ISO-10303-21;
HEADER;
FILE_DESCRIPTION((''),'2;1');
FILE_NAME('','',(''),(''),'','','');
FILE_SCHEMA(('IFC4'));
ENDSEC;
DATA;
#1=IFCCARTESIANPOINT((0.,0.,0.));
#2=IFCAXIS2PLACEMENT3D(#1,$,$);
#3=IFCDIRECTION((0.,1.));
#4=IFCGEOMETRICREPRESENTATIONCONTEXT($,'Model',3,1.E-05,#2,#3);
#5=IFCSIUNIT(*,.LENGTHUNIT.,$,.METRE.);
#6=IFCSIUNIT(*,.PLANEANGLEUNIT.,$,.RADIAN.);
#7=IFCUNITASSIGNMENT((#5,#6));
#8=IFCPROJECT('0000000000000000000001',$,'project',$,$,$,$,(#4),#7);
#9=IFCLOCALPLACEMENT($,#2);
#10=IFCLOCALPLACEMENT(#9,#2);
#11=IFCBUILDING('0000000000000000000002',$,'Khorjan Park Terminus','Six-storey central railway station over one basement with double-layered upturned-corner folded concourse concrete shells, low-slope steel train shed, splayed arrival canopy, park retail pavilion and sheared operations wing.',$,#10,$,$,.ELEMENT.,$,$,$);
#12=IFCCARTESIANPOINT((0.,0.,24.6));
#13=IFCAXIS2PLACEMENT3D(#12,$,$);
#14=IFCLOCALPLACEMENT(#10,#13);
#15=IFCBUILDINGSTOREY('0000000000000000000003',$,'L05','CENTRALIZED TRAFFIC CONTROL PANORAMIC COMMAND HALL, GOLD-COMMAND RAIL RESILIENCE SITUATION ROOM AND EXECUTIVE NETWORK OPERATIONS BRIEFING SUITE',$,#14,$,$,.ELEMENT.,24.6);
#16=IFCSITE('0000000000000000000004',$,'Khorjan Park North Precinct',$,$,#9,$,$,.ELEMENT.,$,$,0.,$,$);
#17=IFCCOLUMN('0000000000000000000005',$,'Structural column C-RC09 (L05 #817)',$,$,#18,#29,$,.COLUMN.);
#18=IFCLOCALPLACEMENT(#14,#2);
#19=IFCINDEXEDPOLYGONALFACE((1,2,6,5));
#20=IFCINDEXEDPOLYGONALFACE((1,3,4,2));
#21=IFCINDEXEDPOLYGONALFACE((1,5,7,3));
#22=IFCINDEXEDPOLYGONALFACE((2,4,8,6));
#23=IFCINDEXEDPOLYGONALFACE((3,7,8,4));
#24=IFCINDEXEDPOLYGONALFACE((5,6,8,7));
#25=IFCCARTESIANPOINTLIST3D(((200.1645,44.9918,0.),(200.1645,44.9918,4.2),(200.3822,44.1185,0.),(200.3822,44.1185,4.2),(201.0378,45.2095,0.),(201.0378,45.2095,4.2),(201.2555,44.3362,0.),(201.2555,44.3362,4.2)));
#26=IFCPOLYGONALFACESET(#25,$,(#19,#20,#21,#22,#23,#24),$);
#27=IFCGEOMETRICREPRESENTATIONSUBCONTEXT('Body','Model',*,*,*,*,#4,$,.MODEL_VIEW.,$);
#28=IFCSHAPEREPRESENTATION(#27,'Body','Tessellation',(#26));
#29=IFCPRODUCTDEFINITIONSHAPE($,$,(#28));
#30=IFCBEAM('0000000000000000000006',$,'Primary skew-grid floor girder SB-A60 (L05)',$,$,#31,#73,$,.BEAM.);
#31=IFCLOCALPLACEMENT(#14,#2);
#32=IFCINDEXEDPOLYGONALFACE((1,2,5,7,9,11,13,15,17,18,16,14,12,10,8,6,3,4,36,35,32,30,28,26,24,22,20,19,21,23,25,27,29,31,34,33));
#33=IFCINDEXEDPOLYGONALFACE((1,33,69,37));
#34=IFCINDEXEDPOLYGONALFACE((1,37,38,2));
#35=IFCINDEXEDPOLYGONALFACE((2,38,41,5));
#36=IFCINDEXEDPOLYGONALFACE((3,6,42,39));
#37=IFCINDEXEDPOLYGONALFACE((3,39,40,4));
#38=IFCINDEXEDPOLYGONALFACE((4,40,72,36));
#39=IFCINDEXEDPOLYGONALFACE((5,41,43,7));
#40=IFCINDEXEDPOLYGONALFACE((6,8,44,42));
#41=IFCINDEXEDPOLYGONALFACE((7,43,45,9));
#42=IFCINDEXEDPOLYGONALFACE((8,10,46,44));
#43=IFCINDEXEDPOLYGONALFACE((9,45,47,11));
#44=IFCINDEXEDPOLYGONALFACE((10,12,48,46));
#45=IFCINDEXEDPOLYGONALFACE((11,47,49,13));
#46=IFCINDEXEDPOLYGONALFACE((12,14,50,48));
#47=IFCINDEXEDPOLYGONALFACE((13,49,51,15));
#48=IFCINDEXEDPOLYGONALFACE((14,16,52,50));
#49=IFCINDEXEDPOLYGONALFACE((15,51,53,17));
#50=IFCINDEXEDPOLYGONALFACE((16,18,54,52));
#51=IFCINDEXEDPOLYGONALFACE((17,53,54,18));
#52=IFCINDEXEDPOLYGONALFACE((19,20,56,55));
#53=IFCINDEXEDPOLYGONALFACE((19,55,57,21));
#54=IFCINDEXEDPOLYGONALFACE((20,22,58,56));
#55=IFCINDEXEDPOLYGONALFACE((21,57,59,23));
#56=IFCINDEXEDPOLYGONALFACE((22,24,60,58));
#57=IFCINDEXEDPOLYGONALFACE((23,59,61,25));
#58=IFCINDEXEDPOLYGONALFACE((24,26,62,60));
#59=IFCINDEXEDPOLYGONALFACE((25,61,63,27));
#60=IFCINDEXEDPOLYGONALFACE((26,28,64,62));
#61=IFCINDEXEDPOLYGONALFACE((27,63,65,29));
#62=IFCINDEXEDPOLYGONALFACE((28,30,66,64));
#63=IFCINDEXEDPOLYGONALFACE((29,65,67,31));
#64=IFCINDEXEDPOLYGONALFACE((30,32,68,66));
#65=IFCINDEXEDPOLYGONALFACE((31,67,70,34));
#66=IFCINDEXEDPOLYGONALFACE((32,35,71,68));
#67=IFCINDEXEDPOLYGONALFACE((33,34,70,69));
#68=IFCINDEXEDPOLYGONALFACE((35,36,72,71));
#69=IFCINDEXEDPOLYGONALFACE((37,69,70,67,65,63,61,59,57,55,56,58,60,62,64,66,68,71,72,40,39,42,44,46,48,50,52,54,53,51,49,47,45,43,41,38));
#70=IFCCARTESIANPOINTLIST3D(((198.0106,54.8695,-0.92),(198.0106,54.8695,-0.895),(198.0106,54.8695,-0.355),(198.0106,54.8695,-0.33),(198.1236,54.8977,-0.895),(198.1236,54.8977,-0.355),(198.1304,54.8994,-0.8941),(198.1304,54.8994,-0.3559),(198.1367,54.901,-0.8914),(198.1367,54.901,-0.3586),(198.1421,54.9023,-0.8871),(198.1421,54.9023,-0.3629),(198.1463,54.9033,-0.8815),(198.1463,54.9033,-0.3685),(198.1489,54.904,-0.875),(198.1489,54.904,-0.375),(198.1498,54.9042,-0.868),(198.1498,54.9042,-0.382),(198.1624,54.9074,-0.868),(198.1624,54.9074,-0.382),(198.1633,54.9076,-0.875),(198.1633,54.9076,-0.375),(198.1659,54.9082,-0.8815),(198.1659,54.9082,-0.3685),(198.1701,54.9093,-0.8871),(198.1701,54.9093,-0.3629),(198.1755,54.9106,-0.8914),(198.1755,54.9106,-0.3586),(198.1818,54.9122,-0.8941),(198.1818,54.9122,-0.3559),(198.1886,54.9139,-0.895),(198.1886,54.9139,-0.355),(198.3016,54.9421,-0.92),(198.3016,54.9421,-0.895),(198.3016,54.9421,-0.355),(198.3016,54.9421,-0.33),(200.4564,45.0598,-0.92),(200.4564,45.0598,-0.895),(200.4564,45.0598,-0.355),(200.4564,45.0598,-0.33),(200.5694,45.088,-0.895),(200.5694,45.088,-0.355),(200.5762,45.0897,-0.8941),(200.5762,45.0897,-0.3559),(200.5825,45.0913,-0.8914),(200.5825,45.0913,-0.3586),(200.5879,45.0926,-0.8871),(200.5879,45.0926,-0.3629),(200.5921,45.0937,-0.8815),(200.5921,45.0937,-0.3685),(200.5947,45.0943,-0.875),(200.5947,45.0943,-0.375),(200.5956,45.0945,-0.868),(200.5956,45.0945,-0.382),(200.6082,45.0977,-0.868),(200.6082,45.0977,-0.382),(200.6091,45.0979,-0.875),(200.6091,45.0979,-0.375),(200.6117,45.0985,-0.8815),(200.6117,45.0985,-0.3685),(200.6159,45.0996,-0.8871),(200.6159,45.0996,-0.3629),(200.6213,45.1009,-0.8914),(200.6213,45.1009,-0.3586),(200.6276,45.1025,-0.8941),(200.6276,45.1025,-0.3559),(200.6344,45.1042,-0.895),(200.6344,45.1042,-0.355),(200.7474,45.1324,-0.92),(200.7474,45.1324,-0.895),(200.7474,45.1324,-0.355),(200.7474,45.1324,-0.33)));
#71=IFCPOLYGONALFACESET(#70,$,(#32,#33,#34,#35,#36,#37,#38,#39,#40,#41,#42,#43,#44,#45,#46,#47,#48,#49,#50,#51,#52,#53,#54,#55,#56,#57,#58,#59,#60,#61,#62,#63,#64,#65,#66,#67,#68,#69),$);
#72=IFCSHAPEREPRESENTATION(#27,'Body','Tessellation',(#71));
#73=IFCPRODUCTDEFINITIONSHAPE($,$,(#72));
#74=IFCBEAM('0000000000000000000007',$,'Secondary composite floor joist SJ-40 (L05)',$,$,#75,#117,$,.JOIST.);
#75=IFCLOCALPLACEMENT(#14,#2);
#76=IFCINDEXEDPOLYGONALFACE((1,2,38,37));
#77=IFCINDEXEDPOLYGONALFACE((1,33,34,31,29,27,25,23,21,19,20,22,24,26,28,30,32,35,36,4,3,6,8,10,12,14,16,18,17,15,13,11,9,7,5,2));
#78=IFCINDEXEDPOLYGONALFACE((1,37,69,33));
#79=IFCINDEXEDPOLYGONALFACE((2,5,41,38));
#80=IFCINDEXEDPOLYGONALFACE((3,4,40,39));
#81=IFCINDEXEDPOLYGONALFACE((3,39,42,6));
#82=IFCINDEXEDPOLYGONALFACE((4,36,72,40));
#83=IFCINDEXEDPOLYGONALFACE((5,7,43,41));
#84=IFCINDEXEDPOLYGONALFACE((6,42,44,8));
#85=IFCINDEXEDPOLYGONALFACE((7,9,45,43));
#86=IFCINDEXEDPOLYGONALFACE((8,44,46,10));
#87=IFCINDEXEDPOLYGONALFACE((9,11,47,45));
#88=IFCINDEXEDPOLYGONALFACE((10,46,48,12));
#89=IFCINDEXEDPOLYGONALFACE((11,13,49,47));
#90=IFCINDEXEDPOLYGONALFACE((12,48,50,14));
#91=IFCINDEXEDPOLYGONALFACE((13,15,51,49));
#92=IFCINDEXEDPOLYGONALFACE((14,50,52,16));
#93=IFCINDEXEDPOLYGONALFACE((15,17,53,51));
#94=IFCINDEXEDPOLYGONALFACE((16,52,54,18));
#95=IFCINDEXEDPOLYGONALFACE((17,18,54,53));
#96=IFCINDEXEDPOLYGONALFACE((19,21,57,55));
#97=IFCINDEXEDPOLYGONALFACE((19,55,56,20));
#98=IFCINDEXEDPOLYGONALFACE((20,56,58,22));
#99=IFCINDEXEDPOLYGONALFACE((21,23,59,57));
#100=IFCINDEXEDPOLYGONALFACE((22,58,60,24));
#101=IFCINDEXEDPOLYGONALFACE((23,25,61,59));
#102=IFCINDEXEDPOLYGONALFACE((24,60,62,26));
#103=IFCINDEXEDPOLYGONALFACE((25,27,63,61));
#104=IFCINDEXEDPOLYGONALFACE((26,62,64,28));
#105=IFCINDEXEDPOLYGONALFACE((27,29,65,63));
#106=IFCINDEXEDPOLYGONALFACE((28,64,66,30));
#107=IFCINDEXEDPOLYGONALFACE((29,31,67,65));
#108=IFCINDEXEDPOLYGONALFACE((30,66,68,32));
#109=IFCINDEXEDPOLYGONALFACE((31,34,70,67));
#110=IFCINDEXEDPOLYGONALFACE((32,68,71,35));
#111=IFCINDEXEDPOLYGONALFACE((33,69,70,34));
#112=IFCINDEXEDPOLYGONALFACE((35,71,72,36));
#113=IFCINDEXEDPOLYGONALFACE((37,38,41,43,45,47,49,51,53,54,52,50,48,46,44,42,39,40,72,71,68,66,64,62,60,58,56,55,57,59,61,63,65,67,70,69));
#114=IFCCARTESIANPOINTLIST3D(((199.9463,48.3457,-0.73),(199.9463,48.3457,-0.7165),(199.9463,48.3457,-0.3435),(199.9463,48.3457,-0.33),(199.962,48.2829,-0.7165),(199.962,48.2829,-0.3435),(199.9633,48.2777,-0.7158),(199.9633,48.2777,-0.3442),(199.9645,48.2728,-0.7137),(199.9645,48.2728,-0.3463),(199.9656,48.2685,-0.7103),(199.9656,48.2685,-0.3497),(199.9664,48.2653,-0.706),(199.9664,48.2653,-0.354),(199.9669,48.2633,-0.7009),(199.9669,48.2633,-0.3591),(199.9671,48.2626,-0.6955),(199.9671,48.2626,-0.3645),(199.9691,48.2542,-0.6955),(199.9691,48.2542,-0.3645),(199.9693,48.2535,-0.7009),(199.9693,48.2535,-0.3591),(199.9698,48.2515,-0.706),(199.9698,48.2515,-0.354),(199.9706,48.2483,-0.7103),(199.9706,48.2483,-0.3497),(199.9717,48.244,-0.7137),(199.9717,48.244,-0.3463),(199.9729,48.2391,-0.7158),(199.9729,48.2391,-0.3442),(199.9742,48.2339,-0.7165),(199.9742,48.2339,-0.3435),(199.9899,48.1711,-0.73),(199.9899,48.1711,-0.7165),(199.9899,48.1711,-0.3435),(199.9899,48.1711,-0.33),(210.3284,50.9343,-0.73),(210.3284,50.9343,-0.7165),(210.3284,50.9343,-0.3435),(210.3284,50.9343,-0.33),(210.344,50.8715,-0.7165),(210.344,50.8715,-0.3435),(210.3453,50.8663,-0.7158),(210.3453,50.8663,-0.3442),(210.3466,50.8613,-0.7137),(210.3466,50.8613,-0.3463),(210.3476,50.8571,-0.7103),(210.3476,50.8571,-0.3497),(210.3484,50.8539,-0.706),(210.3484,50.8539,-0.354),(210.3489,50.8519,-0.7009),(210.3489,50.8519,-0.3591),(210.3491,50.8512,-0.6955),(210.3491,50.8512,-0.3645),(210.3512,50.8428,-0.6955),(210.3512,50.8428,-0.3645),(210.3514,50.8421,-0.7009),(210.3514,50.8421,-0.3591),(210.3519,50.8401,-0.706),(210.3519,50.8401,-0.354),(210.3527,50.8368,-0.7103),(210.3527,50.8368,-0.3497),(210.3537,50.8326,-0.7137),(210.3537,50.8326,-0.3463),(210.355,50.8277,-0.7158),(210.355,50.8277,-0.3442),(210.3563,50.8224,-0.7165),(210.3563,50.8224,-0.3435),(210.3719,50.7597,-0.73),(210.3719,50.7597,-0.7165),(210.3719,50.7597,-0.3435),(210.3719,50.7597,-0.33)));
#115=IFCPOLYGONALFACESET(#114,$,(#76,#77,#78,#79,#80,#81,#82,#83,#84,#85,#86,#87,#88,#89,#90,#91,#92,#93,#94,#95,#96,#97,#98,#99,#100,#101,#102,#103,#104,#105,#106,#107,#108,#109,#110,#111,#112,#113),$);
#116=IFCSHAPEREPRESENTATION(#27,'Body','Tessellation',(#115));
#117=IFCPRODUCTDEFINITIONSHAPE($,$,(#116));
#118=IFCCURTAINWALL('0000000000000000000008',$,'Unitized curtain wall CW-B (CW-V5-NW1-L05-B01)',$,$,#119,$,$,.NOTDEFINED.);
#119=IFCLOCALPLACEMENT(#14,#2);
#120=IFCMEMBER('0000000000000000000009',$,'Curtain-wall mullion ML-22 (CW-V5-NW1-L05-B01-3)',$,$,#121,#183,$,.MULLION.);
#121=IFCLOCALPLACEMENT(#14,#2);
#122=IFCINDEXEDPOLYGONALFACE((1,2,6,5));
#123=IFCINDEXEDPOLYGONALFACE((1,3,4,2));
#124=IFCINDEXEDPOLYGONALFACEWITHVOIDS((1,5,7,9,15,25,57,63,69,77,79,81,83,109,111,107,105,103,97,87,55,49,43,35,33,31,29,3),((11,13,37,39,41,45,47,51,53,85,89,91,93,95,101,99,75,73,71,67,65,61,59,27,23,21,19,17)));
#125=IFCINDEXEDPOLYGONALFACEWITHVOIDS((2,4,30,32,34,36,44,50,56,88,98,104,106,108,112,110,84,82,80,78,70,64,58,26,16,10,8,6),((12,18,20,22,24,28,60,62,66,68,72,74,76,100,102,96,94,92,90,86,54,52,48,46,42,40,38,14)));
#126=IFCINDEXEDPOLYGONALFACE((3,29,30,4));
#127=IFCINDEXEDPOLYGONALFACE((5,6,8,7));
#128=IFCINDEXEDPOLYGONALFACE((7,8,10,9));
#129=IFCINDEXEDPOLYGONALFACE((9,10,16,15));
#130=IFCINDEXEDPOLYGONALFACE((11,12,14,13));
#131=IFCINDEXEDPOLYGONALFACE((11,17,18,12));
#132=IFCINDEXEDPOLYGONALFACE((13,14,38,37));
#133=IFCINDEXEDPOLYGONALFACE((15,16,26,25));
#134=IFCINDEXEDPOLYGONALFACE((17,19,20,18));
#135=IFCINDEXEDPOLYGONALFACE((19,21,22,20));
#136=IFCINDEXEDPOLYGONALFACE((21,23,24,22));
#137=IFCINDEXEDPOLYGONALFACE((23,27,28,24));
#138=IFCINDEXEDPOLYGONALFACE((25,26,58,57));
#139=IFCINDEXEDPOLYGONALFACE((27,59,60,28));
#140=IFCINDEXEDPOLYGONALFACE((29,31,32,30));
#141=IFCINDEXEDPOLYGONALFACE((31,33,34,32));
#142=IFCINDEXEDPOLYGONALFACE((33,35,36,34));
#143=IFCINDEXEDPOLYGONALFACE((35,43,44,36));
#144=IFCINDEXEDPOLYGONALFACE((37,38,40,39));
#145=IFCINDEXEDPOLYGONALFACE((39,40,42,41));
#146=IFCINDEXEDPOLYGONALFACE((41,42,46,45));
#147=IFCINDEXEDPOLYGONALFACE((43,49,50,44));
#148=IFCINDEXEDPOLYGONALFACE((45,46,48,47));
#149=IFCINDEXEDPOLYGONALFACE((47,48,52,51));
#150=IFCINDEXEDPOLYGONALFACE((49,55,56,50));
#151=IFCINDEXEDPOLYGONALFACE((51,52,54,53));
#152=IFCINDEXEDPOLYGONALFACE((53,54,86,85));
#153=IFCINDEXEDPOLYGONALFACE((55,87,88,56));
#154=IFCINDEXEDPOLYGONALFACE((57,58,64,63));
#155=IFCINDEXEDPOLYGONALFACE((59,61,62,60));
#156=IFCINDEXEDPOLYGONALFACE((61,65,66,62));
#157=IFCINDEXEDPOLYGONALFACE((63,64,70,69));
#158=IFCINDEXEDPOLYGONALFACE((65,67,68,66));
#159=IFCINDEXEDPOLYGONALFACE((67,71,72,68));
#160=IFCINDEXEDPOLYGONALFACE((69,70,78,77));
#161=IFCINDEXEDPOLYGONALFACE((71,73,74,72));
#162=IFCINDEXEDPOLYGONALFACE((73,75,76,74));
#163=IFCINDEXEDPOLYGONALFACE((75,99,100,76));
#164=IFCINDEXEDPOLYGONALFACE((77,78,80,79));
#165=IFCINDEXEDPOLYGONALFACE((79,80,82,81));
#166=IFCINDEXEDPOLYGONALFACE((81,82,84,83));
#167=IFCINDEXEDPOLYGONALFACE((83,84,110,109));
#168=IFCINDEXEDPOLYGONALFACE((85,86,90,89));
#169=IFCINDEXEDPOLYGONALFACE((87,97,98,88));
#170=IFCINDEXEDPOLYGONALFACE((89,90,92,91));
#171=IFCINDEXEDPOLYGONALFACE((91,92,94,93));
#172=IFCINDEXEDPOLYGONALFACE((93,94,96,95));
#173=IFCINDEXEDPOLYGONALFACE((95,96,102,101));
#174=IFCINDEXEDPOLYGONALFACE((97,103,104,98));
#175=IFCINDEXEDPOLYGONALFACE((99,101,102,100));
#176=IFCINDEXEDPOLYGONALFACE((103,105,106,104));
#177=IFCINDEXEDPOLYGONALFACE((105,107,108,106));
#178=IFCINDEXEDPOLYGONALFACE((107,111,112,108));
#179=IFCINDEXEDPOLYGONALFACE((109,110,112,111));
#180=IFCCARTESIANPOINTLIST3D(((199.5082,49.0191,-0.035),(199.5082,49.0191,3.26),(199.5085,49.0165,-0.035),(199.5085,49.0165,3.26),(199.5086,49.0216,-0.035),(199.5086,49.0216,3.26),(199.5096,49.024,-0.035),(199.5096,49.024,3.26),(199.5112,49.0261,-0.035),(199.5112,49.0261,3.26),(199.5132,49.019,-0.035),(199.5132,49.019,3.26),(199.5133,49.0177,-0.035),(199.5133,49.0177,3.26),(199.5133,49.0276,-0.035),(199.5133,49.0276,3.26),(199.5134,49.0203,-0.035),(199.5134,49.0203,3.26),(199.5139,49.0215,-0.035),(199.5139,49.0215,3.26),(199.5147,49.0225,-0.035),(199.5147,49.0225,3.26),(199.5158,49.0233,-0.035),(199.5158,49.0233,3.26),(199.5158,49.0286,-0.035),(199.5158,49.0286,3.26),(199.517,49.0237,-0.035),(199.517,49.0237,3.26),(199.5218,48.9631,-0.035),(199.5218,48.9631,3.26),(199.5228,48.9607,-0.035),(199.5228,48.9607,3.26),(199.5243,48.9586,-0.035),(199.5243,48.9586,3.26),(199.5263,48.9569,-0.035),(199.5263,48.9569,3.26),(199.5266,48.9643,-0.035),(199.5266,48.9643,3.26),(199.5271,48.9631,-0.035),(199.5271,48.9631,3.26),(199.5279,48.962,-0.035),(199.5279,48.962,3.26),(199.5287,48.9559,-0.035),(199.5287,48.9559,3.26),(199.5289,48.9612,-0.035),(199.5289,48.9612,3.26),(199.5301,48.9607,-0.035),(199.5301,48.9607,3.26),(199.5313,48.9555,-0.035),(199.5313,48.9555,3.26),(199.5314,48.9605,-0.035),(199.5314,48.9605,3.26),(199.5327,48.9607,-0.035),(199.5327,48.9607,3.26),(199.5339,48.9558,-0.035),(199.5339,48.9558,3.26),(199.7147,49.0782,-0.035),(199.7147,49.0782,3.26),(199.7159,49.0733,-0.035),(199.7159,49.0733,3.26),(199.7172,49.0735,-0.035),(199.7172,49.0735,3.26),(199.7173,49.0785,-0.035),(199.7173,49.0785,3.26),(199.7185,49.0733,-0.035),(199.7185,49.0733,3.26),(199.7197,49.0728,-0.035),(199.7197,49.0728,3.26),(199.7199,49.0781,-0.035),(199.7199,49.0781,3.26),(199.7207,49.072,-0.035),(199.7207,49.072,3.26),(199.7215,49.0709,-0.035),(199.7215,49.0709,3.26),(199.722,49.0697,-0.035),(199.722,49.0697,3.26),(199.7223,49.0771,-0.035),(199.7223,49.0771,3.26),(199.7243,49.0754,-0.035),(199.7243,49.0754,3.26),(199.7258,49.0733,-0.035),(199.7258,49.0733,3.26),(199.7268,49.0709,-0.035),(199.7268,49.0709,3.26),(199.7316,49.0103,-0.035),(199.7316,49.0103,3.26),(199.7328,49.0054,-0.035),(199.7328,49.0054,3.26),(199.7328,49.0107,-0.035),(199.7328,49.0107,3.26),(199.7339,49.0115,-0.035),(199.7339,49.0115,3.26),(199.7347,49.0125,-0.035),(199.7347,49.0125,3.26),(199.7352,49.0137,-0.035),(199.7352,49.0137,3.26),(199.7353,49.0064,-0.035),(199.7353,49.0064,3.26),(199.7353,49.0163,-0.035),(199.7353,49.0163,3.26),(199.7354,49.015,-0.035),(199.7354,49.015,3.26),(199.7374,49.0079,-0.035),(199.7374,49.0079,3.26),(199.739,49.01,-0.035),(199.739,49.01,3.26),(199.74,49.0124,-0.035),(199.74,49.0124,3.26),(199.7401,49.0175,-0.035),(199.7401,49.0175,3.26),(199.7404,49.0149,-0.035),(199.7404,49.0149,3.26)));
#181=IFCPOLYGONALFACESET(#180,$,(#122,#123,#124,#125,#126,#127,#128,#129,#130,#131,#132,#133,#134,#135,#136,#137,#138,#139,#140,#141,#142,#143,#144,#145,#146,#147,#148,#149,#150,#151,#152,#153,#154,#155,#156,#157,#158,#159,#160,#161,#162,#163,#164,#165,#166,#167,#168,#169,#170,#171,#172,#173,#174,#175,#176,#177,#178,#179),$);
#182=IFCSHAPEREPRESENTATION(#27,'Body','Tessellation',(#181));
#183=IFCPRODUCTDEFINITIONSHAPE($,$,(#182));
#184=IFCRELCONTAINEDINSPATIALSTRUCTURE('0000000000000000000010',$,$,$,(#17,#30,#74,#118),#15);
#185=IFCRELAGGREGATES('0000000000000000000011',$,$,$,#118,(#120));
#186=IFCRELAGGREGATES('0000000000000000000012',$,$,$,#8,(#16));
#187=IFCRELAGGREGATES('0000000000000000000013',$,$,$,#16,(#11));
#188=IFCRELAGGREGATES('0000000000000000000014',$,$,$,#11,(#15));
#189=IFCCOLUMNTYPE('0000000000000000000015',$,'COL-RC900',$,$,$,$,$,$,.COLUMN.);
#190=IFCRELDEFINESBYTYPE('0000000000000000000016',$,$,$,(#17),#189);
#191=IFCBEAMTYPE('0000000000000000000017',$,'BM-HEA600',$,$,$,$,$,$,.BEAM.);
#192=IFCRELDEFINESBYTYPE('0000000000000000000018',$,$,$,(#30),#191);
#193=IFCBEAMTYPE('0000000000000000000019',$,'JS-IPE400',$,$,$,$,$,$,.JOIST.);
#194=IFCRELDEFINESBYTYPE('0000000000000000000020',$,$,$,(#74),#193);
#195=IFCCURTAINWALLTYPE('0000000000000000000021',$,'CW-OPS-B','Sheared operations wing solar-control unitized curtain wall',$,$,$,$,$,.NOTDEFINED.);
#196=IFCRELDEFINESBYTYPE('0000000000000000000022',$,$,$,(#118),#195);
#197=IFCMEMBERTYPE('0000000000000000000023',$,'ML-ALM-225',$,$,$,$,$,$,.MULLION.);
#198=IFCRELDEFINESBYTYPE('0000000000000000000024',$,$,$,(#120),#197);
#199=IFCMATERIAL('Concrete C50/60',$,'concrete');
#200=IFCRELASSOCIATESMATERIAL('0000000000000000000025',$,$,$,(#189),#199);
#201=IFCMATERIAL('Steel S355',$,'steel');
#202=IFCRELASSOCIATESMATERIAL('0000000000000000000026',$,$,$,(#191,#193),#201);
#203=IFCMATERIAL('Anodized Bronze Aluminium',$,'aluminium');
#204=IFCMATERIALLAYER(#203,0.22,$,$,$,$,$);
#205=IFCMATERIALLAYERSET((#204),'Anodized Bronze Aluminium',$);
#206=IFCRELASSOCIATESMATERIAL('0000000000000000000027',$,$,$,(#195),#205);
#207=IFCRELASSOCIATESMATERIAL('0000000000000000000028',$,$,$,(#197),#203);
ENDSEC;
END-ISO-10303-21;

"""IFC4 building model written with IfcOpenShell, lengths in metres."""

from ifc_helpers import new_model, si_unit, direction, frame, origin, origin_2d, place, context, subcontext, project, spatial, rectangle, hollow_rectangle, i_section, extrude, material, layer, layer_set, material_profile, profile_set, type_object, element, aggregate, save


model = new_model("IFC4")

# Units and contexts
model_context = context("Model", 3, precision=1e-05, world=origin(), true_north=direction((0.0, 1.0)))
body_context = subcontext(model_context, "Body", "Model", "MODEL_VIEW")
ifc_project = project(units=[si_unit("LENGTHUNIT", "METRE"), si_unit("PLANEANGLEUNIT", "RADIAN")], contexts=[model_context])

# Site, building, storey
site_placement = place(None, origin())
site = spatial("IfcSite", under=ifc_project, at=site_placement, Name="Khorjan Park North Precinct", CompositionType="ELEMENT", RefElevation=0.0)
building_placement = place(site_placement, origin())
building = spatial("IfcBuilding", under=site, at=building_placement, Name="Khorjan Park Terminus", Description="Six-storey central railway station over one basement with double-layered upturned-corner folded concourse concrete shells, low-slope steel train shed, splayed arrival canopy, park retail pavilion and sheared operations wing.", CompositionType="ELEMENT")
storey_placement = place(building_placement, frame((0.0, 0.0, 24.6)))
storey = spatial("IfcBuildingStorey", under=building, at=storey_placement, Name="L05", Description="CENTRALIZED TRAFFIC CONTROL PANORAMIC COMMAND HALL, GOLD-COMMAND RAIL RESILIENCE SITUATION ROOM AND EXECUTIVE NETWORK OPERATIONS BRIEFING SUITE", CompositionType="ELEMENT", Elevation=24.6)

# Column
ifc_material_1 = material(Name="Concrete C50/60", Category="concrete")
ifc_material_profile_1 = material_profile(ifc_material_1, rectangle(XDim=0.9, YDim=0.9, at=origin_2d()), Name="RC 900x900")
ifc_profile_set_1 = profile_set([ifc_material_profile_1], Name="Concrete C50/60")
column_type = type_object("IfcColumnType", Name="COL-RC900", PredefinedType="COLUMN", material=ifc_profile_set_1)
column_placement = place(storey_placement, frame((200.71, 44.664, 0.0), z_axis=(0.0, 0.0, 1.0), x_axis=(0.970296, 0.241922, 0.0)))
element("IfcColumn", 1, at=column_placement, inside=storey, type_object=column_type, Name="Structural column C-RC09 (L05 #817)", PredefinedType="COLUMN", context=body_context, shape_type="SweptSolid", body=[
    extrude(rectangle(XDim=0.9, YDim=0.9, at=origin_2d()), origin(), (0.0, 0.0, 1.0), 4.2),
])

# Beams
ifc_material_2 = material(Name="Steel S355", Category="steel")
ifc_material_profile_2 = material_profile(ifc_material_2, i_section(OverallWidth=0.3, OverallDepth=0.59, WebThickness=0.013, FlangeThickness=0.025, FilletRadius=0.027, at=origin_2d()), Name="HEA 600")
ifc_profile_set_2 = profile_set([ifc_material_profile_2], Name="Steel S355")
beam_type_1 = type_object("IfcBeamType", Name="BM-HEA600", PredefinedType="BEAM", material=ifc_profile_set_2)
beam_1_placement = place(storey_placement, frame((200.6019, 45.0961, -0.625), z_axis=(-0.241919, 0.970296, 0.0), x_axis=(-0.970296, -0.241919, 0.0)))
element("IfcBeam", 2, at=beam_1_placement, inside=storey, type_object=beam_type_1, Name="Primary skew-grid floor girder SB-A60 (L05)", PredefinedType="BEAM", context=body_context, shape_type="SweptSolid", body=[
    extrude(i_section(OverallWidth=0.3, OverallDepth=0.59, WebThickness=0.013, FlangeThickness=0.025, FilletRadius=0.027, at=origin_2d()), origin(), (0.0, 0.0, 1.0), 10.11),
])
ifc_material_profile_3 = material_profile(ifc_material_2, i_section(OverallWidth=0.18, OverallDepth=0.4, WebThickness=0.0086, FlangeThickness=0.0135, FilletRadius=0.021, at=origin_2d()), Name="IPE 400")
ifc_profile_set_3 = profile_set([ifc_material_profile_3], Name="Steel S355")
beam_type_2 = type_object("IfcBeamType", Name="JS-IPE400", PredefinedType="JOIST", material=ifc_profile_set_3)
beam_2_placement = place(storey_placement, frame((199.9681, 48.2584, -0.53), z_axis=(0.970295, 0.241926, 0.0), x_axis=(-0.241926, 0.970295, 0.0)))
element("IfcBeam", 3, at=beam_2_placement, inside=storey, type_object=beam_type_2, Name="Secondary composite floor joist SJ-40 (L05)", PredefinedType="JOIST", context=body_context, shape_type="SweptSolid", body=[
    extrude(i_section(OverallWidth=0.18, OverallDepth=0.4, WebThickness=0.0086, FlangeThickness=0.0135, FilletRadius=0.021, at=origin_2d()), origin(), (0.0, 0.0, 1.0), 10.6999),
])

# Curtain wall, member
ifc_material_3 = material(Name="Anodized Bronze Aluminium", Category="aluminium")
ifc_layer_1 = layer(ifc_material_3, 0.22)
ifc_layer_set_1 = layer_set([ifc_layer_1], Name="Anodized Bronze Aluminium")
curtain_wall_type = type_object("IfcCurtainWallType", Name="CW-OPS-B", Description="Sheared operations wing solar-control unitized curtain wall", PredefinedType="NOTDEFINED", material=ifc_layer_set_1)
curtain_wall_1_placement = place(storey_placement, origin())
curtain_wall_1 = element("IfcCurtainWall", 4, at=curtain_wall_1_placement, inside=storey, type_object=curtain_wall_type, Name="Unitized curtain wall CW-B (CW-V5-NW1-L05-B01)", PredefinedType="NOTDEFINED")
ifc_material_profile_4 = material_profile(ifc_material_3, hollow_rectangle(XDim=0.075, YDim=0.225, WallThickness=0.005, InnerFilletRadius=0.005, OuterFilletRadius=0.01, at=origin_2d()), Name="ALM 75x225x5")
ifc_profile_set_4 = profile_set([ifc_material_profile_4], Name="Anodized Bronze Aluminium")
member_type_1 = type_object("IfcMemberType", Name="ML-ALM-225", PredefinedType="MULLION", material=ifc_profile_set_4)
member_1_placement = place(storey_placement, frame((199.6243, 49.017, -0.035), z_axis=(0.0, 0.0, 1.0), x_axis=(0.241932, -0.970293, 0.0)))
member_1 = element("IfcMember", 5, at=member_1_placement, type_object=member_type_1, Name="Curtain-wall mullion ML-22 (CW-V5-NW1-L05-B01-3)", PredefinedType="MULLION", context=body_context, shape_type="SweptSolid", body=[
    extrude(hollow_rectangle(XDim=0.075, YDim=0.225, WallThickness=0.005, InnerFilletRadius=0.005, OuterFilletRadius=0.01, at=origin_2d()), origin(), (0.0, 0.0, 1.0), 3.295),
])

aggregate(curtain_wall_1, [member_1])

save(model, "model.ifc")
